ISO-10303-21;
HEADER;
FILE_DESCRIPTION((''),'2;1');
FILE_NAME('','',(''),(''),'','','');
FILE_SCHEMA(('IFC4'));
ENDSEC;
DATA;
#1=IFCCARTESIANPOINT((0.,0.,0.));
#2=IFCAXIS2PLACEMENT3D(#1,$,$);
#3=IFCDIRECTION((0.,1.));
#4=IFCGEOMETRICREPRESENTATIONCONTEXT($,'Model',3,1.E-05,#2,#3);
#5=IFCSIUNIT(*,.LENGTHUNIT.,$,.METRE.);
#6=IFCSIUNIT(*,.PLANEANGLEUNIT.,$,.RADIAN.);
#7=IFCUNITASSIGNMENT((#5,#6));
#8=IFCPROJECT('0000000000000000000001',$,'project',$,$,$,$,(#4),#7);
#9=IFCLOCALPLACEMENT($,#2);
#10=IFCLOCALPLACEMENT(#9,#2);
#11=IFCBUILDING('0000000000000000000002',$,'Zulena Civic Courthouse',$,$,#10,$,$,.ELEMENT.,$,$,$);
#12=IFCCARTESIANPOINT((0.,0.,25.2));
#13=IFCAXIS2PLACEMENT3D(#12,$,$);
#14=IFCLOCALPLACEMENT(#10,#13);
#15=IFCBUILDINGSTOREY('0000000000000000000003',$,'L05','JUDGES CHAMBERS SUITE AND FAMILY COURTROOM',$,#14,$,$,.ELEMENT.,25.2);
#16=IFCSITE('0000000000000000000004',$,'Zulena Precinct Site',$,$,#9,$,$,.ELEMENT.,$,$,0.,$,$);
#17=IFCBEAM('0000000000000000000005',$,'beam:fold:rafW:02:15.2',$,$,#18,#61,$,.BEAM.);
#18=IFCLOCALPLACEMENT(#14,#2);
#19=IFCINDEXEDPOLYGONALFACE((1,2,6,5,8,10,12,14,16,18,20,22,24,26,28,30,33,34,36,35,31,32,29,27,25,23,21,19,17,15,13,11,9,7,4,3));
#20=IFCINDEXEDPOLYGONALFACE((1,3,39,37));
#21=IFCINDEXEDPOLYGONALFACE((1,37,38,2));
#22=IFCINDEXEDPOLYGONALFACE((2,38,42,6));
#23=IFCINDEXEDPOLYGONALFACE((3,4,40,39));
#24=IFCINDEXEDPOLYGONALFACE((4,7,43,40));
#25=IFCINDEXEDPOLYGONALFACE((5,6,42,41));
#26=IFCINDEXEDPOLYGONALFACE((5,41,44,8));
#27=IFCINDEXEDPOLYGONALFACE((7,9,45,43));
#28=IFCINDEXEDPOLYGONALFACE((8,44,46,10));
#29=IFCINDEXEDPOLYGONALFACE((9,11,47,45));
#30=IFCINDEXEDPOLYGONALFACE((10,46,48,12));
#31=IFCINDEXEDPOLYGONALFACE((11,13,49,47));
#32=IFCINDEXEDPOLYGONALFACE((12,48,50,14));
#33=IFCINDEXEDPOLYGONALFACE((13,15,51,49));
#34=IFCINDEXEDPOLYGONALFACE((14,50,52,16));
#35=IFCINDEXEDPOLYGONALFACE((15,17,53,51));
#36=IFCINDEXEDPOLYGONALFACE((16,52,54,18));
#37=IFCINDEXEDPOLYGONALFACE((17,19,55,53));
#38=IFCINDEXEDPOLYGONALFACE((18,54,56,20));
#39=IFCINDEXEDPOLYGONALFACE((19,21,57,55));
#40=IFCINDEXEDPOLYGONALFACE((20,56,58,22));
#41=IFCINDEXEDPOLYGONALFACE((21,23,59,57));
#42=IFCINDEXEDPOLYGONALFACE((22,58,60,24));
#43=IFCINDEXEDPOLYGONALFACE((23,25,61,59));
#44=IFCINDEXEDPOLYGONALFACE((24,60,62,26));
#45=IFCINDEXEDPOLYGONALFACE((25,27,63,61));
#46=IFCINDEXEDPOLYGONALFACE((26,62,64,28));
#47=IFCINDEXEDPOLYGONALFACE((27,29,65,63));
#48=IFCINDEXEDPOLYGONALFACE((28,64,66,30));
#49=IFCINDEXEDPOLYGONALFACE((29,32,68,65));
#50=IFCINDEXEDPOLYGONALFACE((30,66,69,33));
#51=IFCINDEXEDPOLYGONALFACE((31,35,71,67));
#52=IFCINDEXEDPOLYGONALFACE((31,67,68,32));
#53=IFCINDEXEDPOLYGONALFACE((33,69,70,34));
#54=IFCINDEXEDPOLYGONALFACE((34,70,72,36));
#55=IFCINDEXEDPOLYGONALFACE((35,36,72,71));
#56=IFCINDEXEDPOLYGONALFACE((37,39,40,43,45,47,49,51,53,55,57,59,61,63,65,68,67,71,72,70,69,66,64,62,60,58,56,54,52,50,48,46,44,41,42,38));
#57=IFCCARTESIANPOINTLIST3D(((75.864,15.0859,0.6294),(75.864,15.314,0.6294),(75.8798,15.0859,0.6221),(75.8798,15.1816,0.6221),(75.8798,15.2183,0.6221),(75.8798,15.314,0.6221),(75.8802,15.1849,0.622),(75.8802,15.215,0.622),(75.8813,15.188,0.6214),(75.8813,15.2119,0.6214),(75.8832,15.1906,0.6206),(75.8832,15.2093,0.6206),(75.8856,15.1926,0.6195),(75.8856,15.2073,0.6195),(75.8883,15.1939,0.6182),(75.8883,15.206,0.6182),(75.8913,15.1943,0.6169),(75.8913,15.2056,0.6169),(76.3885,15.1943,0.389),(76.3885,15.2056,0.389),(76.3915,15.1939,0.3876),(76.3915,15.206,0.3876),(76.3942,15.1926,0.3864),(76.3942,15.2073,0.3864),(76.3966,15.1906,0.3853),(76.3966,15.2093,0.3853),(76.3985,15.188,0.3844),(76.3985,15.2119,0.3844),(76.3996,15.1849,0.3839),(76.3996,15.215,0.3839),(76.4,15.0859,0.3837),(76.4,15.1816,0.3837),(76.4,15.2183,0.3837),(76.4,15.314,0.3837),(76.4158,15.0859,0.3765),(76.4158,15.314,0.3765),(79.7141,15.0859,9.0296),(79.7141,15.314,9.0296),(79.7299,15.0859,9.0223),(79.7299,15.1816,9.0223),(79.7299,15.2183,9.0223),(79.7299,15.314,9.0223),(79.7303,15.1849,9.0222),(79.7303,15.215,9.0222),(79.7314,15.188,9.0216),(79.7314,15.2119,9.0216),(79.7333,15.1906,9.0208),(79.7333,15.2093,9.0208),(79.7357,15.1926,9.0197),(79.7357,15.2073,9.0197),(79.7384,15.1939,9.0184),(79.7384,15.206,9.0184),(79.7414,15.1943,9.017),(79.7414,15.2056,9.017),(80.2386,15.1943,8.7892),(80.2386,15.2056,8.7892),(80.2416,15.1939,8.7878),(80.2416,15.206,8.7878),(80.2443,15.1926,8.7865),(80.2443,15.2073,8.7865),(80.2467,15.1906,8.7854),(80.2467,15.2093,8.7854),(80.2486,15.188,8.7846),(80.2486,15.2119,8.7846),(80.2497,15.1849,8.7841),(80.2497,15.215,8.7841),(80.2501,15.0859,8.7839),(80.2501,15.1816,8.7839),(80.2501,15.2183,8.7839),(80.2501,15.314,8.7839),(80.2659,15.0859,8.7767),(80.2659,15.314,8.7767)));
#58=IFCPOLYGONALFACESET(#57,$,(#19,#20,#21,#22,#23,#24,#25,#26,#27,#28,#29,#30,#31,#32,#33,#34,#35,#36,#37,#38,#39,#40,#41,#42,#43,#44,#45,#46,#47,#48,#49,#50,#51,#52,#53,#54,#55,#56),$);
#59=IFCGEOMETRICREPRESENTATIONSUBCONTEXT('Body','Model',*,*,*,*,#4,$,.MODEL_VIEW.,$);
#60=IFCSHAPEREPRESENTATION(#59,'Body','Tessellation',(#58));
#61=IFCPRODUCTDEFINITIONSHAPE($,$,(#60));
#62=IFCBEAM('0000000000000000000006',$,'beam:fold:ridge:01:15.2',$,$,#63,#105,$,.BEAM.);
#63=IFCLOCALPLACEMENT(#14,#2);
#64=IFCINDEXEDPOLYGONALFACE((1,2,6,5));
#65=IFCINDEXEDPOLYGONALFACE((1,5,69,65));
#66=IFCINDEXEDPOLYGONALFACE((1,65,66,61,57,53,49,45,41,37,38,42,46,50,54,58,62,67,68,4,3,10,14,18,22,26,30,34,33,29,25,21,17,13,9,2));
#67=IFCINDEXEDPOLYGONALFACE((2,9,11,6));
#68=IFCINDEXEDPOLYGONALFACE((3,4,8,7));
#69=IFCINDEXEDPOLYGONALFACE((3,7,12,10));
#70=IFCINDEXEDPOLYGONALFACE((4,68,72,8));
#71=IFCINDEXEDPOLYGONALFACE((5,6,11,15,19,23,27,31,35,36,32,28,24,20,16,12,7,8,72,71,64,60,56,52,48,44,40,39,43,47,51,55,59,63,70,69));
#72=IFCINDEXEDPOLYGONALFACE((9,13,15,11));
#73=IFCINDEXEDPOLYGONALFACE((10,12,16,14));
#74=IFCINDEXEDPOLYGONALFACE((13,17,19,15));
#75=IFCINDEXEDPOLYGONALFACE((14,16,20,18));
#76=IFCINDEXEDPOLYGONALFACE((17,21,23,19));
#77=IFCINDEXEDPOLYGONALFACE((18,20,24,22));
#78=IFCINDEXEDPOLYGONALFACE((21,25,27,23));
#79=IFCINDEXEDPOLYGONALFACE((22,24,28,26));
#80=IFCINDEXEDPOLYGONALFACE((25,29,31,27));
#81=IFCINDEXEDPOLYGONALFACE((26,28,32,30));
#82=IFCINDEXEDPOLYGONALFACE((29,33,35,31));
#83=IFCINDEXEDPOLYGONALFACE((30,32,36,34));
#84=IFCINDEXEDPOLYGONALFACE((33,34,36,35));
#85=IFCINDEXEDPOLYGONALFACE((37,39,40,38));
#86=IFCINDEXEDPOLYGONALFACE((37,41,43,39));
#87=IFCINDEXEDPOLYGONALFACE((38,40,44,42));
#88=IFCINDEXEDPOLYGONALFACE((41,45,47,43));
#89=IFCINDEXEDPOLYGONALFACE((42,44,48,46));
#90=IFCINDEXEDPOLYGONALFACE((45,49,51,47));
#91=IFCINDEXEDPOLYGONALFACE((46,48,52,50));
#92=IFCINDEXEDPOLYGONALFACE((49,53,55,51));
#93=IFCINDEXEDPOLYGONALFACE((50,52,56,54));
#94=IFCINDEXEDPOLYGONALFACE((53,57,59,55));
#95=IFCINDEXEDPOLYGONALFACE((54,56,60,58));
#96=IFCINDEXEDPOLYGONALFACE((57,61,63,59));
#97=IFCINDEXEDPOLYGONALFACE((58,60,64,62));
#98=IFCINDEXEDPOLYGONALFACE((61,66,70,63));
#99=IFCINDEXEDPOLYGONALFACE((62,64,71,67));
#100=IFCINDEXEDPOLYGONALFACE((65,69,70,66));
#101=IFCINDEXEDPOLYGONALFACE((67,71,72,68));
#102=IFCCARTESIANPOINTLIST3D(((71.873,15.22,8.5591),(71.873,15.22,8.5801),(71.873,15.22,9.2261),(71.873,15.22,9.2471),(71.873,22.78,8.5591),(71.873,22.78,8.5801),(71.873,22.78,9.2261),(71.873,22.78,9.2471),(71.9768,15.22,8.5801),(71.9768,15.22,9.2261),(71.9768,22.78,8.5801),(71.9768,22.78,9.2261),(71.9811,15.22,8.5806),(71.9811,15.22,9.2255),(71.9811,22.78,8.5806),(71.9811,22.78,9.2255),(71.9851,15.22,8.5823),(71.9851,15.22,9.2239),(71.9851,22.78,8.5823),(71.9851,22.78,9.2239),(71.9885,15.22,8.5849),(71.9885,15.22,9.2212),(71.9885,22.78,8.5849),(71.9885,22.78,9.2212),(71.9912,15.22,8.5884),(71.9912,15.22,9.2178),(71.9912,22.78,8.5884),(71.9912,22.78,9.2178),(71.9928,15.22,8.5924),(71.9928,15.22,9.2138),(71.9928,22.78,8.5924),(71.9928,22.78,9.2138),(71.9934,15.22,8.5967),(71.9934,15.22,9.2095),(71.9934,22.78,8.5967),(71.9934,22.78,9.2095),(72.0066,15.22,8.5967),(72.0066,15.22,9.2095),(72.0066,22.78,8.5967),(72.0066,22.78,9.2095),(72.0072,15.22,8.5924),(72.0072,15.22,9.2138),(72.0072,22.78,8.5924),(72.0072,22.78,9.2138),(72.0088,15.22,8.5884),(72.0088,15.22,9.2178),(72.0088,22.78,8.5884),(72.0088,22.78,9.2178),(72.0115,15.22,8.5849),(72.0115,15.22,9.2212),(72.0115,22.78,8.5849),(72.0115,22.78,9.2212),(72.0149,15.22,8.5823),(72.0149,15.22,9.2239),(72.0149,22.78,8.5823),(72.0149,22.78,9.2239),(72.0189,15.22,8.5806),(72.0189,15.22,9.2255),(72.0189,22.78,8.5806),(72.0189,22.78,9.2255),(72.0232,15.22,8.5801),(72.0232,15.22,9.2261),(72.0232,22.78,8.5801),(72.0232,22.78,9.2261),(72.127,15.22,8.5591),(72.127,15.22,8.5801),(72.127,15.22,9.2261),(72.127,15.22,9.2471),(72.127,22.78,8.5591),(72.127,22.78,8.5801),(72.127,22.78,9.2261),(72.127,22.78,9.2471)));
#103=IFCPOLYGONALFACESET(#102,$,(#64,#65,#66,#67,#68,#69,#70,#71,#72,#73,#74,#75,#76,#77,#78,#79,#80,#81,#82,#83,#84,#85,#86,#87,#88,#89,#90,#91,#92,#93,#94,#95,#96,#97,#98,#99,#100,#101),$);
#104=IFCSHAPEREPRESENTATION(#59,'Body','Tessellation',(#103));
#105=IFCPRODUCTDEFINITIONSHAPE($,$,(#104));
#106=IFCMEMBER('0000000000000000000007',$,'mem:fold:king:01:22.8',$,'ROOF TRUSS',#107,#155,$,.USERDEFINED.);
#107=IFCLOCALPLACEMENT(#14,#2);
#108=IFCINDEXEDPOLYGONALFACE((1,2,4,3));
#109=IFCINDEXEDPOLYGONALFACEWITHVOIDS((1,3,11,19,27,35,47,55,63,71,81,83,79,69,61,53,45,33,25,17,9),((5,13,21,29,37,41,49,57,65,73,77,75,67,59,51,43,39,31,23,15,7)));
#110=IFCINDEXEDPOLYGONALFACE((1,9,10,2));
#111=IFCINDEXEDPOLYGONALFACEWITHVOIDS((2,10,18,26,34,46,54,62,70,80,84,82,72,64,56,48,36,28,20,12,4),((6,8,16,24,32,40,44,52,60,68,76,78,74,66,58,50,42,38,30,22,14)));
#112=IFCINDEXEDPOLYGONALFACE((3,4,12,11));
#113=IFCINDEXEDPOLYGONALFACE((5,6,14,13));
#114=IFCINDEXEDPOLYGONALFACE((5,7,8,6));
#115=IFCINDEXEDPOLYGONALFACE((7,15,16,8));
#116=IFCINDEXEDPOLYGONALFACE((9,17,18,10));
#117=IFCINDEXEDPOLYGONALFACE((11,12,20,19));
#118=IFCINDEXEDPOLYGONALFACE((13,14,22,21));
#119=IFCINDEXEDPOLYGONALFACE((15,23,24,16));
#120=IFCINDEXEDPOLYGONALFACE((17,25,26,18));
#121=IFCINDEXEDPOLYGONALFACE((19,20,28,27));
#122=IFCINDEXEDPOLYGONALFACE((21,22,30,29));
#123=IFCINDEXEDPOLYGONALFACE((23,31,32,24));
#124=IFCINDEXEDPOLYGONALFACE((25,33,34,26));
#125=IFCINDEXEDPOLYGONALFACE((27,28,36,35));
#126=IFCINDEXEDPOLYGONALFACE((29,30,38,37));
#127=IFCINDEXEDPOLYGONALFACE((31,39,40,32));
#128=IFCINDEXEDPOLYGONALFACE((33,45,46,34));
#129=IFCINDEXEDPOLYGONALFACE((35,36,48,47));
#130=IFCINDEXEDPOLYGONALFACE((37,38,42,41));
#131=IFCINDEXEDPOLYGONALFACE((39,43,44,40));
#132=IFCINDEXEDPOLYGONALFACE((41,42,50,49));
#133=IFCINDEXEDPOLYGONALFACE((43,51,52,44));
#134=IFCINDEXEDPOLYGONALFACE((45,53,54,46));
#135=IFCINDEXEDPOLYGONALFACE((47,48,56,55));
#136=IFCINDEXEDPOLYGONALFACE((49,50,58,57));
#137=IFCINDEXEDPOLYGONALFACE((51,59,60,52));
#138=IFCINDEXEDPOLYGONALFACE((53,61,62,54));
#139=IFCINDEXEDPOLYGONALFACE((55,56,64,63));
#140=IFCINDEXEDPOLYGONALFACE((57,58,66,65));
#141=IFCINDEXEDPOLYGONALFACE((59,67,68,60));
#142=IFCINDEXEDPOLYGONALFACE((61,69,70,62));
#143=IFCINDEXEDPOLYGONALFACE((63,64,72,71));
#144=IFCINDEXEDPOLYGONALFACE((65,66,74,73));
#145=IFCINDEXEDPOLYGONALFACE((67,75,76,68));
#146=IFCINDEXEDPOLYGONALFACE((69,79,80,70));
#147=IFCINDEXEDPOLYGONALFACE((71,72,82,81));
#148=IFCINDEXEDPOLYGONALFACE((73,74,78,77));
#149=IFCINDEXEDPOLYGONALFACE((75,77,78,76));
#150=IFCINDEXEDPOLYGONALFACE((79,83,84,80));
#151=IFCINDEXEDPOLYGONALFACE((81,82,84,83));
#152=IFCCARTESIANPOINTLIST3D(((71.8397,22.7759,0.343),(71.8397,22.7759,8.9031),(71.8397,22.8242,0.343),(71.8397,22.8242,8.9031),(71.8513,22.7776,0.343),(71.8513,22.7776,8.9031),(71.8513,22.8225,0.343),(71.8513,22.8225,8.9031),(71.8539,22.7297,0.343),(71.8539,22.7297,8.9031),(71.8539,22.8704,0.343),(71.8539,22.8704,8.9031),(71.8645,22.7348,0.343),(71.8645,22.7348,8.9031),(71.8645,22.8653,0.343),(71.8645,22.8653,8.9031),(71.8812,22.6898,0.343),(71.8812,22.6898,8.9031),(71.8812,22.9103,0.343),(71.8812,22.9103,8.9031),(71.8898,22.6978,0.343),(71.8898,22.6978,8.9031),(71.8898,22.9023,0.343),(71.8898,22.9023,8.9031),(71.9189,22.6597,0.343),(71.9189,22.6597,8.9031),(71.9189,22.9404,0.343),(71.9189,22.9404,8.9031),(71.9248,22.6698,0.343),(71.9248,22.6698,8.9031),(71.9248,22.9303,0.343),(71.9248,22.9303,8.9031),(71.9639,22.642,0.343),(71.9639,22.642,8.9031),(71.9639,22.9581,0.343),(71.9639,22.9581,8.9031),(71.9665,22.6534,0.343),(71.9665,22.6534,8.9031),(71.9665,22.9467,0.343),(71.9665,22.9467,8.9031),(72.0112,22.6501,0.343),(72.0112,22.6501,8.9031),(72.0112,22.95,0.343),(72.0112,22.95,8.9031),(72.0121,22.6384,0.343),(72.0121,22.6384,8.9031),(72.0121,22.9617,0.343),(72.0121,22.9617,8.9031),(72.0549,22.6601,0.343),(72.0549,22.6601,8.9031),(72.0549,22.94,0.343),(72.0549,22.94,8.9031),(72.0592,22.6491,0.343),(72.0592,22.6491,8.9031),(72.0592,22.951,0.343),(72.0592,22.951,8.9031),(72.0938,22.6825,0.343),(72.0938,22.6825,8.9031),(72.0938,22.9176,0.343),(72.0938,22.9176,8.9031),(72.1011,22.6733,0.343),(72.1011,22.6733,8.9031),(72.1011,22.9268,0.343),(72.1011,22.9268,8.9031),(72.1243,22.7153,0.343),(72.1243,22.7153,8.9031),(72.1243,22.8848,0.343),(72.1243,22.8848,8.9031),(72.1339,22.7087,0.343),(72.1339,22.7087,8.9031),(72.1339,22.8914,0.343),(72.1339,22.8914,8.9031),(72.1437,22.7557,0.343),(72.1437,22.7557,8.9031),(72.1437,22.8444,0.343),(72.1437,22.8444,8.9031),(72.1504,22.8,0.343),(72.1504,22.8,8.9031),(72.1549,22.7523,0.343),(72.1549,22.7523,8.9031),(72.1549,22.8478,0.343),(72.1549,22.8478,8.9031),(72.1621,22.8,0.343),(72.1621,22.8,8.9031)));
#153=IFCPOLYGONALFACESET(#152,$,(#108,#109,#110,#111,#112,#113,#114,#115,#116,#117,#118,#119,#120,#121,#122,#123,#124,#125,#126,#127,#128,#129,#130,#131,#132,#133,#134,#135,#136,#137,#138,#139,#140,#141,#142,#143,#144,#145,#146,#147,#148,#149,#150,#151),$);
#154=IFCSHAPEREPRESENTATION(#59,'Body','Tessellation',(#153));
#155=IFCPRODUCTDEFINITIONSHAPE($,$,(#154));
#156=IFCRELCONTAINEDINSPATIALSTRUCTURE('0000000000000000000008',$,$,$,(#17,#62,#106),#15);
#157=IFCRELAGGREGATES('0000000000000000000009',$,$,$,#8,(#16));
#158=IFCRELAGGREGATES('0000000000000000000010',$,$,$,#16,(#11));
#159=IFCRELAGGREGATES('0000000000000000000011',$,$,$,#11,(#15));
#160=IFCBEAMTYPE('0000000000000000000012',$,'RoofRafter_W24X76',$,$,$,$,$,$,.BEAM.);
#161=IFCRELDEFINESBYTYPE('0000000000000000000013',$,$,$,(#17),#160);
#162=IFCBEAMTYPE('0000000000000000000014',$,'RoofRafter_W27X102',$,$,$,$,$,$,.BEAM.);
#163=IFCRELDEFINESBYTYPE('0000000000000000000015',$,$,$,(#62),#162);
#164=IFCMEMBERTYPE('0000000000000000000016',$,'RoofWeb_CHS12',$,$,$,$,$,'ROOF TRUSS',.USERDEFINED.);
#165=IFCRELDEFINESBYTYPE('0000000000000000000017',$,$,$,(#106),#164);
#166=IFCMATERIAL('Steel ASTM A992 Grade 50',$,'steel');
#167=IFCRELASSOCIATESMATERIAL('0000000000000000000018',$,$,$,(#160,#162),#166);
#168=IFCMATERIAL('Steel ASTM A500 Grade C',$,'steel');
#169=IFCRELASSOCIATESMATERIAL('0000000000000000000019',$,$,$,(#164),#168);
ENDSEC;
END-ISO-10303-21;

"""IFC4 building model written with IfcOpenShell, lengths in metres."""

from ifc_helpers import new_model, si_unit, direction, frame, origin, origin_2d, place, context, subcontext, project, spatial, hollow_circle, i_section, extrude, material, material_profile, profile_set, type_object, element, save


model = new_model("IFC4")

# Units and contexts
model_context = context("Model", 3, precision=1e-05, world=origin(), true_north=direction((0.0, 1.0)))
body_context = subcontext(model_context, "Body", "Model", "MODEL_VIEW")
ifc_project = project(units=[si_unit("LENGTHUNIT", "METRE"), si_unit("PLANEANGLEUNIT", "RADIAN")], contexts=[model_context])

# Site, building, storey
site_placement = place(None, origin())
site = spatial("IfcSite", under=ifc_project, at=site_placement, Name="Zulena Precinct Site", CompositionType="ELEMENT", RefElevation=0.0)
building_placement = place(site_placement, origin())
building = spatial("IfcBuilding", under=site, at=building_placement, Name="Zulena Civic Courthouse", CompositionType="ELEMENT")
storey_placement = place(building_placement, frame((0.0, 0.0, 25.2)))
storey = spatial("IfcBuildingStorey", under=building, at=storey_placement, Name="L05", Description="JUDGES CHAMBERS SUITE AND FAMILY COURTROOM", CompositionType="ELEMENT", Elevation=25.2)

# Shared definitions
ifc_material_1 = material(Name="Steel ASTM A992 Grade 50", Category="steel")

# Beams
ifc_material_profile_1 = material_profile(ifc_material_1, i_section(OverallWidth=0.228, OverallDepth=0.6069, WebThickness=0.0112, FlangeThickness=0.0173, FilletRadius=0.0127, at=origin_2d()), Name="W24X76")
ifc_profile_set_1 = profile_set([ifc_material_profile_1], Name="Steel ASTM A992 Grade 50")
beam_type_1 = type_object("IfcBeamType", Name="RoofRafter_W24X76", PredefinedType="BEAM", material=ifc_profile_set_1)
beam_1_placement = place(storey_placement, frame((76.1399, 15.2, 0.5029), z_axis=(0.416657, 0.0, 0.909064), x_axis=(0.0, 1.0, 0.0)))
element("IfcBeam", 1, at=beam_1_placement, inside=storey, type_object=beam_type_1, Name="beam:fold:rafW:02:15.2", PredefinedType="BEAM", context=body_context, shape_type="SweptSolid", body=[
    extrude(i_section(OverallWidth=0.228, OverallDepth=0.6069, WebThickness=0.0112, FlangeThickness=0.0173, FilletRadius=0.0127, at=origin_2d()), origin(), (0.0, 0.0, 1.0), 9.2405),
])
ifc_material_profile_2 = material_profile(ifc_material_1, i_section(OverallWidth=0.2539, OverallDepth=0.688, WebThickness=0.0132, FlangeThickness=0.021, FilletRadius=0.0166, at=origin_2d()), Name="W27X102")
ifc_profile_set_2 = profile_set([ifc_material_profile_2], Name="Steel ASTM A992 Grade 50")
beam_type_2 = type_object("IfcBeamType", Name="RoofRafter_W27X102", PredefinedType="BEAM", material=ifc_profile_set_2)
beam_2_placement = place(storey_placement, frame((72.0, 15.22, 8.9031), z_axis=(0.0, 1.0, 0.0), x_axis=(-1.0, 0.0, 0.0)))
element("IfcBeam", 2, at=beam_2_placement, inside=storey, type_object=beam_type_2, Name="beam:fold:ridge:01:15.2", PredefinedType="BEAM", context=body_context, shape_type="SweptSolid", body=[
    extrude(i_section(OverallWidth=0.2539, OverallDepth=0.688, WebThickness=0.0132, FlangeThickness=0.021, FilletRadius=0.0166, at=origin_2d()), origin(), (0.0, 0.0, 1.0), 7.5601),
])

# Member
ifc_material_2 = material(Name="Steel ASTM A500 Grade C", Category="steel")
ifc_material_profile_3 = material_profile(ifc_material_2, hollow_circle(Radius=0.1621, WallThickness=0.0117, at=origin_2d()), Name="HSS12.750X0.500")
ifc_profile_set_3 = profile_set([ifc_material_profile_3], Name="Steel ASTM A500 Grade C")
member_type_1 = type_object("IfcMemberType", Name="RoofWeb_CHS12", ElementType="ROOF TRUSS", PredefinedType="USERDEFINED", material=ifc_profile_set_3)
member_placement = place(storey_placement, frame((72.0, 22.8, 0.343), z_axis=(0.0, 0.0, 1.0), x_axis=(1.0, 0.0, 0.0)))
element("IfcMember", 3, at=member_placement, inside=storey, type_object=member_type_1, Name="mem:fold:king:01:22.8", ObjectType="ROOF TRUSS", PredefinedType="USERDEFINED", context=body_context, shape_type="SweptSolid", body=[
    extrude(hollow_circle(Radius=0.1621, WallThickness=0.0117, at=origin_2d()), origin(), (0.0, 0.0, 1.0), 8.5601),
])

save(model, "model.ifc")
